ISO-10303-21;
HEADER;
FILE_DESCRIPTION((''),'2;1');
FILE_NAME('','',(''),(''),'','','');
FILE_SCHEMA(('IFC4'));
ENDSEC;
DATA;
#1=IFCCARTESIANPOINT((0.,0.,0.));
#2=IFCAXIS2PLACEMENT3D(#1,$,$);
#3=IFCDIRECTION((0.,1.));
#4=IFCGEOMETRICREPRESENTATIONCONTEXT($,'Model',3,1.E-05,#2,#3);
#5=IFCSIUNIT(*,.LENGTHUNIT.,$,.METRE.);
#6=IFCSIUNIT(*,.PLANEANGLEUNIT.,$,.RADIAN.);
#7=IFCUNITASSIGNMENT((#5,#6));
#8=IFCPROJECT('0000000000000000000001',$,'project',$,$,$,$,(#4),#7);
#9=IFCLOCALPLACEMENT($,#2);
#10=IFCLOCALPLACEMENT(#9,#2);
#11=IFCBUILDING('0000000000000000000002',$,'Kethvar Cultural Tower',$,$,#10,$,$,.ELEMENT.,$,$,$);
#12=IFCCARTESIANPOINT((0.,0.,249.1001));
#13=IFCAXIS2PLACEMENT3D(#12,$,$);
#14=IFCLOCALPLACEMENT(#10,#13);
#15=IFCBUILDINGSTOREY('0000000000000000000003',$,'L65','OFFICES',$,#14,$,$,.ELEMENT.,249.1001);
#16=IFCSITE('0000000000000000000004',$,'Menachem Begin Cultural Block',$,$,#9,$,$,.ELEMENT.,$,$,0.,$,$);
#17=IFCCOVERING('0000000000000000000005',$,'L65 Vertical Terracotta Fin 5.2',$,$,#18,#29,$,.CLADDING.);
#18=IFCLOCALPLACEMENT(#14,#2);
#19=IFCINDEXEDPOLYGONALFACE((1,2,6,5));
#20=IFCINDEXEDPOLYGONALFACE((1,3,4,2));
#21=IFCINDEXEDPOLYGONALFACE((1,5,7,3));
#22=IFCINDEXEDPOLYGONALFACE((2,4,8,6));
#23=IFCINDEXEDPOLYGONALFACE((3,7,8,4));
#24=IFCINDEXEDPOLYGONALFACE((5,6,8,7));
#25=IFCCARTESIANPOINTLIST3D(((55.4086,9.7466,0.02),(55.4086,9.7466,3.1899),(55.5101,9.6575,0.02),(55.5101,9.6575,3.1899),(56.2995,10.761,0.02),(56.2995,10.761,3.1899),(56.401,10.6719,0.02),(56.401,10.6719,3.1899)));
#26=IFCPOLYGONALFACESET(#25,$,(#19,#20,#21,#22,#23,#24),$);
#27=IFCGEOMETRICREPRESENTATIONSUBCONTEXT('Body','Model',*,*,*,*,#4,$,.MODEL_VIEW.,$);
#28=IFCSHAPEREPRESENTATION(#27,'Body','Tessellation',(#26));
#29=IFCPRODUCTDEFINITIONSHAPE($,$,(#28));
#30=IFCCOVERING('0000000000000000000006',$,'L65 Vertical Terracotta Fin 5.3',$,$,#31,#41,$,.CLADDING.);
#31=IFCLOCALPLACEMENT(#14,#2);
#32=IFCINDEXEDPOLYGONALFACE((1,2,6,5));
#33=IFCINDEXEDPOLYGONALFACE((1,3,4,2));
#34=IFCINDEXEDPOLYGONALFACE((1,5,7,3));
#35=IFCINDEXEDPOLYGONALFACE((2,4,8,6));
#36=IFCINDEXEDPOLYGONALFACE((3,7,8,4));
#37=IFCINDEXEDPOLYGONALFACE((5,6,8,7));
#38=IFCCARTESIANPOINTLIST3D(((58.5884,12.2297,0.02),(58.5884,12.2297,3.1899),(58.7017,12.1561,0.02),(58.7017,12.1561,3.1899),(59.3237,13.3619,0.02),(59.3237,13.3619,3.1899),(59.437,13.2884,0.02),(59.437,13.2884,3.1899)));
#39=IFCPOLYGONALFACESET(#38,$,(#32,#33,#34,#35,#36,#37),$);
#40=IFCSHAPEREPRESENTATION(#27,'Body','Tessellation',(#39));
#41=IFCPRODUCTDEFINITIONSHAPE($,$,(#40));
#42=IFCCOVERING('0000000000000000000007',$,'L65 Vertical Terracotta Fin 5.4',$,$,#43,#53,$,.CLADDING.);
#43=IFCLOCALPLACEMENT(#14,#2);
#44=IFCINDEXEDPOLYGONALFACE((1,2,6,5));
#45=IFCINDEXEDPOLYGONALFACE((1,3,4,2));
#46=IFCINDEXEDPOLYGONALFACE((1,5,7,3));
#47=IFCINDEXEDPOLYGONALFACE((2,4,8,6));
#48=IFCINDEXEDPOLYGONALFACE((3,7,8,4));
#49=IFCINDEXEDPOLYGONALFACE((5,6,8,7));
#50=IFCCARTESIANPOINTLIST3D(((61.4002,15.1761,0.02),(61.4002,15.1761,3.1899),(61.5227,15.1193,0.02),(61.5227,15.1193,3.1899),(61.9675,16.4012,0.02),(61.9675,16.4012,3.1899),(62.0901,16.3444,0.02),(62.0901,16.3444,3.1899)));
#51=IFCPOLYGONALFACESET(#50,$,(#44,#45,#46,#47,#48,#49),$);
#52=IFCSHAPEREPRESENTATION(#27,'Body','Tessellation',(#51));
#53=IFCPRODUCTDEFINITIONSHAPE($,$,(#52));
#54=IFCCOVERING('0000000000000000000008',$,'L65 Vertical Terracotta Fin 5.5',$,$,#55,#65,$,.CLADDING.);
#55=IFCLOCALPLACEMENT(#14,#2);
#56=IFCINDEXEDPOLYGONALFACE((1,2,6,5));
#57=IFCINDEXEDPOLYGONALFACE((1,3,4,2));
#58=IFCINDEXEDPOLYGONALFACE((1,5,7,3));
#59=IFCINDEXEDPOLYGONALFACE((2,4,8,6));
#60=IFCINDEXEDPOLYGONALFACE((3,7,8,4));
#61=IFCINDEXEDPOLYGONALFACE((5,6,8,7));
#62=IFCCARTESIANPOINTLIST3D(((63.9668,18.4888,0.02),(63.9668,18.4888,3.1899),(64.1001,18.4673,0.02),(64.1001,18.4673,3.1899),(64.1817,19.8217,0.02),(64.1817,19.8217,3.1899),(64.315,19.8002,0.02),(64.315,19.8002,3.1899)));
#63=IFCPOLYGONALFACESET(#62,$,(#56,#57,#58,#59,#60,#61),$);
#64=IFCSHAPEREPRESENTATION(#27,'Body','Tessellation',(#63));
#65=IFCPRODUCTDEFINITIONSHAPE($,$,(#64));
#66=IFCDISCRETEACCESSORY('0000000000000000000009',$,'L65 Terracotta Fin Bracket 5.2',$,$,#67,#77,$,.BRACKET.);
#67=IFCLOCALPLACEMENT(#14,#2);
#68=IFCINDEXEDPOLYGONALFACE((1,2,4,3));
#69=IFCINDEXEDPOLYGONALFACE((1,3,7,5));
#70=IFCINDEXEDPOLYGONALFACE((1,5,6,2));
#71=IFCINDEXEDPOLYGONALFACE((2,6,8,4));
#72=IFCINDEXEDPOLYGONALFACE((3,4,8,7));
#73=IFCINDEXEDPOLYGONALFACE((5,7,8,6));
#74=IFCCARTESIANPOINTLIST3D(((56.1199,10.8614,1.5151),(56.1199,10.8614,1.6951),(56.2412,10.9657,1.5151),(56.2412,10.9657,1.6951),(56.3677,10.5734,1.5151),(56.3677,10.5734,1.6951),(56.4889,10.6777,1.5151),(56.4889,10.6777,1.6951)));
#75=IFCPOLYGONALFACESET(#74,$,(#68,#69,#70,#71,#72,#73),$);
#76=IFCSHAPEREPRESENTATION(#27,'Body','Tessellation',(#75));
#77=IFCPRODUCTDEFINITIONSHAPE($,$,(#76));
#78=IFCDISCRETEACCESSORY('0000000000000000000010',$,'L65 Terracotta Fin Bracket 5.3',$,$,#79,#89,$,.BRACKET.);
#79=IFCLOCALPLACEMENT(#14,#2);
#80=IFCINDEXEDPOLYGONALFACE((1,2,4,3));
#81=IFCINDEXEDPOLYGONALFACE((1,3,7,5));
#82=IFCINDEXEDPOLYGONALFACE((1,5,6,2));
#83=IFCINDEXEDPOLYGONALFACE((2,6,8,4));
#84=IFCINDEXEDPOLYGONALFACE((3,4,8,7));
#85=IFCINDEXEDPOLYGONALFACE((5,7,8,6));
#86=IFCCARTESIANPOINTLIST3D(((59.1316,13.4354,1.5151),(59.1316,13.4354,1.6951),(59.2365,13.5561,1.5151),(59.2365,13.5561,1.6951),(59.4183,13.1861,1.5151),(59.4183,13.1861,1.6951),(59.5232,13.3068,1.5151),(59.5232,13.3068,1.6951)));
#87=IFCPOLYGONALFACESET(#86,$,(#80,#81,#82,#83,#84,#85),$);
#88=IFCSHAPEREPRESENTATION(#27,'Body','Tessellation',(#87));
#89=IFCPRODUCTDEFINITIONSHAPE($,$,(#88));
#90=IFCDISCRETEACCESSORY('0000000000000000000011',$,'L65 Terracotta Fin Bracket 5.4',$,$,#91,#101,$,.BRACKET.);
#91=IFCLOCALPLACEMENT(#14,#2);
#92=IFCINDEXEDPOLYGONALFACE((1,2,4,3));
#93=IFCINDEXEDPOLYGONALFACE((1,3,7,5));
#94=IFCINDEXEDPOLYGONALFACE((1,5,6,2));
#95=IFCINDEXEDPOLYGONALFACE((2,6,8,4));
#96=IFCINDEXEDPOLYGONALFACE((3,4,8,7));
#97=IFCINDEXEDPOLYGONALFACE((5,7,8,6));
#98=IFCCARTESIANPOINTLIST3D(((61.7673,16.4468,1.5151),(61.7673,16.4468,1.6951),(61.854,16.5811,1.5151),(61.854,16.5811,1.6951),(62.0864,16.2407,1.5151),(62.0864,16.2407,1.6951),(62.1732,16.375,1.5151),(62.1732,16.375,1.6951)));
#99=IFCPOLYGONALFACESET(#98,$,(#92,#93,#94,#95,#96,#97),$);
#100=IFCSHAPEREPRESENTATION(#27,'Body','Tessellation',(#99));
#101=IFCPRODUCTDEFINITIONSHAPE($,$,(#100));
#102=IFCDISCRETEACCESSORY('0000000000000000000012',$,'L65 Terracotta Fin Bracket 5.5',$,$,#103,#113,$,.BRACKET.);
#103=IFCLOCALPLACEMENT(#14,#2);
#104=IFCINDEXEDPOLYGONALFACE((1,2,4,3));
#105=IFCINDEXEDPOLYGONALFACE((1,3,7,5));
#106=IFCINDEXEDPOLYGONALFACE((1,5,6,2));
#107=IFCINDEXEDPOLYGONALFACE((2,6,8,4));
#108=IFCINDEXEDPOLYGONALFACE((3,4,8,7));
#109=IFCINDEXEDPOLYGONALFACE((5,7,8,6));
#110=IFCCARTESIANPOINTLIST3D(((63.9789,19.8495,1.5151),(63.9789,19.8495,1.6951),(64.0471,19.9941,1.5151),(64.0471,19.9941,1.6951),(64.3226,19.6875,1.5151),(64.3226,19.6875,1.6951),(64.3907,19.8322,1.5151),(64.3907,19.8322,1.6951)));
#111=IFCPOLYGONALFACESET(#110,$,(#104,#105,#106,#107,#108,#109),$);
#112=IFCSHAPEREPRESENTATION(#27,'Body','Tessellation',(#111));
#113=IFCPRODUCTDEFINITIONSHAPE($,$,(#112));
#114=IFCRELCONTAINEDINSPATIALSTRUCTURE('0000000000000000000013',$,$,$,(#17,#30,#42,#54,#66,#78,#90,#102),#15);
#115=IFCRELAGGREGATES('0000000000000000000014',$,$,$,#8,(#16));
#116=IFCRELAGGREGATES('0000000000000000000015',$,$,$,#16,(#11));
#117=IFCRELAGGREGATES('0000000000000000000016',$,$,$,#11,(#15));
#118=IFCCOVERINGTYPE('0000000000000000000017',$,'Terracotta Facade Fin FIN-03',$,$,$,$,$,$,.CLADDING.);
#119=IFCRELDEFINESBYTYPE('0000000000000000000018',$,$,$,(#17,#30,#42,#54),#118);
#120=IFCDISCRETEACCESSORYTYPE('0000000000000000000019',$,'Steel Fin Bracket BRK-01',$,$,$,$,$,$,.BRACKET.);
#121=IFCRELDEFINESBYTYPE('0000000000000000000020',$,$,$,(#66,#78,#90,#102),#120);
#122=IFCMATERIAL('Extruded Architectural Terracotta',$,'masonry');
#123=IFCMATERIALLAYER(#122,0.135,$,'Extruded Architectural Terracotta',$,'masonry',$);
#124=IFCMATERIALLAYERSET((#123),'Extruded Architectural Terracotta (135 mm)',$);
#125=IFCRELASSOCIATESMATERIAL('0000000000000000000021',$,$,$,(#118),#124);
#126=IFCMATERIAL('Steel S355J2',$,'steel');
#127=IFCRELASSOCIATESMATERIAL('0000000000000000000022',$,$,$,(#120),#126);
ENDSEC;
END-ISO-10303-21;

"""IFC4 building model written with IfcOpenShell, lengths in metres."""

from ifc_helpers import new_model, si_unit, direction, frame, origin, origin_2d, place, context, subcontext, project, spatial, rectangle, extrude, source, transform, mapped, material, layer, layer_set, type_object, element, save


model = new_model("IFC4")

# Units and contexts
model_context = context("Model", 3, precision=1e-05, world=origin(), true_north=direction((0.0, 1.0)))
body_context = subcontext(model_context, "Body", "Model", "MODEL_VIEW")
ifc_project = project(units=[si_unit("LENGTHUNIT", "METRE"), si_unit("PLANEANGLEUNIT", "RADIAN")], contexts=[model_context])

# Site, building, storey
site_placement = place(None, origin())
site = spatial("IfcSite", under=ifc_project, at=site_placement, Name="Menachem Begin Cultural Block", CompositionType="ELEMENT", RefElevation=0.0)
building_placement = place(site_placement, origin())
building = spatial("IfcBuilding", under=site, at=building_placement, Name="Kethvar Cultural Tower", CompositionType="ELEMENT")
storey_placement = place(building_placement, frame((0.0, 0.0, 249.1001)))
storey = spatial("IfcBuildingStorey", under=building, at=storey_placement, Name="L65", Description="OFFICES", CompositionType="ELEMENT", Elevation=249.1001)

# Shared definitions
ifc_material_1 = material(Name="Steel S355J2", Category="steel")

# Coverings
ifc_material_2 = material(Name="Extruded Architectural Terracotta", Category="masonry")
ifc_layer_1 = layer(ifc_material_2, 0.135, Name="Extruded Architectural Terracotta", Category="masonry")
ifc_layer_set_1 = layer_set([ifc_layer_1], Name="Extruded Architectural Terracotta (135 mm)")
covering_type = type_object("IfcCoveringType", Name="Terracotta Facade Fin FIN-03", PredefinedType="CLADDING", material=ifc_layer_set_1)
shared_shape_1 = source(origin(), body_context, "Body", "SweptSolid", [
    extrude(rectangle(XDim=1.3501, YDim=0.135, at=origin_2d()), origin(), (0.0, 0.0, 1.0), 3.1699),
])
for number, where, z_axis, x_axis, name in (
    (1, (55.9048, 10.2092, 0.02), (0.0, 0.0, 1.0), (-0.659871, -0.751379, 0.0), "L65 Vertical Terracotta Fin 5.2"),
    (2, (59.0127, 12.759, 0.02), (0.0, 0.0, 1.0), (-0.544639, -0.838671, 0.0), "L65 Vertical Terracotta Fin 5.3"),
    (3, (61.7451, 15.7603, 0.02), (0.0, 0.0, 1.0), (-0.420244, -0.907411, 0.0), "L65 Vertical Terracotta Fin 5.4"),
    (4, (64.1409, 19.1445, 0.02), (0.0, 0.0, 1.0), (-0.159192, -0.987248, 0.0), "L65 Vertical Terracotta Fin 5.5"),
):
    element("IfcCovering", number, at=place(storey_placement, frame(where, z_axis=z_axis, x_axis=x_axis)), inside=storey, type_object=covering_type, Name=name, PredefinedType="CLADDING", context=body_context, shape_type="MappedRepresentation", body=[
        mapped(shared_shape_1, transform((0.0, 0.0, 0.0), scale=1.0)),
    ])

# Discrete accessories
discrete_accessory_type = type_object("IfcDiscreteAccessoryType", Name="Steel Fin Bracket BRK-01", PredefinedType="BRACKET", material=ifc_material_1)
shared_shape_2 = source(origin(), body_context, "Body", "SweptSolid", [
    extrude(rectangle(XDim=0.3799, YDim=0.1599, at=origin_2d()), origin(), (0.0, 0.0, 1.0), 0.1799),
])
for number, where, z_axis, x_axis, name in (
    (5, (56.3044, 10.7695, 1.5151), (0.0, 0.0, 1.0), (0.652231, -0.758021, 0.0), "L65 Terracotta Fin Bracket 5.2"),
    (6, (59.3274, 13.3711, 1.5151), (0.0, 0.0, 1.0), (0.75471, -0.656059, 0.0), "L65 Terracotta Fin Bracket 5.3"),
    (7, (61.9702, 16.4109, 1.5151), (0.0, 0.0, 1.0), (0.840094, -0.542442, 0.0), "L65 Terracotta Fin Bracket 5.4"),
    (8, (64.1848, 19.8408, 1.5151), (0.0, 0.0, 1.0), (0.904604, -0.426253, 0.0), "L65 Terracotta Fin Bracket 5.5"),
):
    element("IfcDiscreteAccessory", number, at=place(storey_placement, frame(where, z_axis=z_axis, x_axis=x_axis)), inside=storey, type_object=discrete_accessory_type, Name=name, PredefinedType="BRACKET", context=body_context, shape_type="MappedRepresentation", body=[
        mapped(shared_shape_2, transform((0.0, 0.0, 0.0), scale=1.0)),
    ])

save(model, "model.ifc")
